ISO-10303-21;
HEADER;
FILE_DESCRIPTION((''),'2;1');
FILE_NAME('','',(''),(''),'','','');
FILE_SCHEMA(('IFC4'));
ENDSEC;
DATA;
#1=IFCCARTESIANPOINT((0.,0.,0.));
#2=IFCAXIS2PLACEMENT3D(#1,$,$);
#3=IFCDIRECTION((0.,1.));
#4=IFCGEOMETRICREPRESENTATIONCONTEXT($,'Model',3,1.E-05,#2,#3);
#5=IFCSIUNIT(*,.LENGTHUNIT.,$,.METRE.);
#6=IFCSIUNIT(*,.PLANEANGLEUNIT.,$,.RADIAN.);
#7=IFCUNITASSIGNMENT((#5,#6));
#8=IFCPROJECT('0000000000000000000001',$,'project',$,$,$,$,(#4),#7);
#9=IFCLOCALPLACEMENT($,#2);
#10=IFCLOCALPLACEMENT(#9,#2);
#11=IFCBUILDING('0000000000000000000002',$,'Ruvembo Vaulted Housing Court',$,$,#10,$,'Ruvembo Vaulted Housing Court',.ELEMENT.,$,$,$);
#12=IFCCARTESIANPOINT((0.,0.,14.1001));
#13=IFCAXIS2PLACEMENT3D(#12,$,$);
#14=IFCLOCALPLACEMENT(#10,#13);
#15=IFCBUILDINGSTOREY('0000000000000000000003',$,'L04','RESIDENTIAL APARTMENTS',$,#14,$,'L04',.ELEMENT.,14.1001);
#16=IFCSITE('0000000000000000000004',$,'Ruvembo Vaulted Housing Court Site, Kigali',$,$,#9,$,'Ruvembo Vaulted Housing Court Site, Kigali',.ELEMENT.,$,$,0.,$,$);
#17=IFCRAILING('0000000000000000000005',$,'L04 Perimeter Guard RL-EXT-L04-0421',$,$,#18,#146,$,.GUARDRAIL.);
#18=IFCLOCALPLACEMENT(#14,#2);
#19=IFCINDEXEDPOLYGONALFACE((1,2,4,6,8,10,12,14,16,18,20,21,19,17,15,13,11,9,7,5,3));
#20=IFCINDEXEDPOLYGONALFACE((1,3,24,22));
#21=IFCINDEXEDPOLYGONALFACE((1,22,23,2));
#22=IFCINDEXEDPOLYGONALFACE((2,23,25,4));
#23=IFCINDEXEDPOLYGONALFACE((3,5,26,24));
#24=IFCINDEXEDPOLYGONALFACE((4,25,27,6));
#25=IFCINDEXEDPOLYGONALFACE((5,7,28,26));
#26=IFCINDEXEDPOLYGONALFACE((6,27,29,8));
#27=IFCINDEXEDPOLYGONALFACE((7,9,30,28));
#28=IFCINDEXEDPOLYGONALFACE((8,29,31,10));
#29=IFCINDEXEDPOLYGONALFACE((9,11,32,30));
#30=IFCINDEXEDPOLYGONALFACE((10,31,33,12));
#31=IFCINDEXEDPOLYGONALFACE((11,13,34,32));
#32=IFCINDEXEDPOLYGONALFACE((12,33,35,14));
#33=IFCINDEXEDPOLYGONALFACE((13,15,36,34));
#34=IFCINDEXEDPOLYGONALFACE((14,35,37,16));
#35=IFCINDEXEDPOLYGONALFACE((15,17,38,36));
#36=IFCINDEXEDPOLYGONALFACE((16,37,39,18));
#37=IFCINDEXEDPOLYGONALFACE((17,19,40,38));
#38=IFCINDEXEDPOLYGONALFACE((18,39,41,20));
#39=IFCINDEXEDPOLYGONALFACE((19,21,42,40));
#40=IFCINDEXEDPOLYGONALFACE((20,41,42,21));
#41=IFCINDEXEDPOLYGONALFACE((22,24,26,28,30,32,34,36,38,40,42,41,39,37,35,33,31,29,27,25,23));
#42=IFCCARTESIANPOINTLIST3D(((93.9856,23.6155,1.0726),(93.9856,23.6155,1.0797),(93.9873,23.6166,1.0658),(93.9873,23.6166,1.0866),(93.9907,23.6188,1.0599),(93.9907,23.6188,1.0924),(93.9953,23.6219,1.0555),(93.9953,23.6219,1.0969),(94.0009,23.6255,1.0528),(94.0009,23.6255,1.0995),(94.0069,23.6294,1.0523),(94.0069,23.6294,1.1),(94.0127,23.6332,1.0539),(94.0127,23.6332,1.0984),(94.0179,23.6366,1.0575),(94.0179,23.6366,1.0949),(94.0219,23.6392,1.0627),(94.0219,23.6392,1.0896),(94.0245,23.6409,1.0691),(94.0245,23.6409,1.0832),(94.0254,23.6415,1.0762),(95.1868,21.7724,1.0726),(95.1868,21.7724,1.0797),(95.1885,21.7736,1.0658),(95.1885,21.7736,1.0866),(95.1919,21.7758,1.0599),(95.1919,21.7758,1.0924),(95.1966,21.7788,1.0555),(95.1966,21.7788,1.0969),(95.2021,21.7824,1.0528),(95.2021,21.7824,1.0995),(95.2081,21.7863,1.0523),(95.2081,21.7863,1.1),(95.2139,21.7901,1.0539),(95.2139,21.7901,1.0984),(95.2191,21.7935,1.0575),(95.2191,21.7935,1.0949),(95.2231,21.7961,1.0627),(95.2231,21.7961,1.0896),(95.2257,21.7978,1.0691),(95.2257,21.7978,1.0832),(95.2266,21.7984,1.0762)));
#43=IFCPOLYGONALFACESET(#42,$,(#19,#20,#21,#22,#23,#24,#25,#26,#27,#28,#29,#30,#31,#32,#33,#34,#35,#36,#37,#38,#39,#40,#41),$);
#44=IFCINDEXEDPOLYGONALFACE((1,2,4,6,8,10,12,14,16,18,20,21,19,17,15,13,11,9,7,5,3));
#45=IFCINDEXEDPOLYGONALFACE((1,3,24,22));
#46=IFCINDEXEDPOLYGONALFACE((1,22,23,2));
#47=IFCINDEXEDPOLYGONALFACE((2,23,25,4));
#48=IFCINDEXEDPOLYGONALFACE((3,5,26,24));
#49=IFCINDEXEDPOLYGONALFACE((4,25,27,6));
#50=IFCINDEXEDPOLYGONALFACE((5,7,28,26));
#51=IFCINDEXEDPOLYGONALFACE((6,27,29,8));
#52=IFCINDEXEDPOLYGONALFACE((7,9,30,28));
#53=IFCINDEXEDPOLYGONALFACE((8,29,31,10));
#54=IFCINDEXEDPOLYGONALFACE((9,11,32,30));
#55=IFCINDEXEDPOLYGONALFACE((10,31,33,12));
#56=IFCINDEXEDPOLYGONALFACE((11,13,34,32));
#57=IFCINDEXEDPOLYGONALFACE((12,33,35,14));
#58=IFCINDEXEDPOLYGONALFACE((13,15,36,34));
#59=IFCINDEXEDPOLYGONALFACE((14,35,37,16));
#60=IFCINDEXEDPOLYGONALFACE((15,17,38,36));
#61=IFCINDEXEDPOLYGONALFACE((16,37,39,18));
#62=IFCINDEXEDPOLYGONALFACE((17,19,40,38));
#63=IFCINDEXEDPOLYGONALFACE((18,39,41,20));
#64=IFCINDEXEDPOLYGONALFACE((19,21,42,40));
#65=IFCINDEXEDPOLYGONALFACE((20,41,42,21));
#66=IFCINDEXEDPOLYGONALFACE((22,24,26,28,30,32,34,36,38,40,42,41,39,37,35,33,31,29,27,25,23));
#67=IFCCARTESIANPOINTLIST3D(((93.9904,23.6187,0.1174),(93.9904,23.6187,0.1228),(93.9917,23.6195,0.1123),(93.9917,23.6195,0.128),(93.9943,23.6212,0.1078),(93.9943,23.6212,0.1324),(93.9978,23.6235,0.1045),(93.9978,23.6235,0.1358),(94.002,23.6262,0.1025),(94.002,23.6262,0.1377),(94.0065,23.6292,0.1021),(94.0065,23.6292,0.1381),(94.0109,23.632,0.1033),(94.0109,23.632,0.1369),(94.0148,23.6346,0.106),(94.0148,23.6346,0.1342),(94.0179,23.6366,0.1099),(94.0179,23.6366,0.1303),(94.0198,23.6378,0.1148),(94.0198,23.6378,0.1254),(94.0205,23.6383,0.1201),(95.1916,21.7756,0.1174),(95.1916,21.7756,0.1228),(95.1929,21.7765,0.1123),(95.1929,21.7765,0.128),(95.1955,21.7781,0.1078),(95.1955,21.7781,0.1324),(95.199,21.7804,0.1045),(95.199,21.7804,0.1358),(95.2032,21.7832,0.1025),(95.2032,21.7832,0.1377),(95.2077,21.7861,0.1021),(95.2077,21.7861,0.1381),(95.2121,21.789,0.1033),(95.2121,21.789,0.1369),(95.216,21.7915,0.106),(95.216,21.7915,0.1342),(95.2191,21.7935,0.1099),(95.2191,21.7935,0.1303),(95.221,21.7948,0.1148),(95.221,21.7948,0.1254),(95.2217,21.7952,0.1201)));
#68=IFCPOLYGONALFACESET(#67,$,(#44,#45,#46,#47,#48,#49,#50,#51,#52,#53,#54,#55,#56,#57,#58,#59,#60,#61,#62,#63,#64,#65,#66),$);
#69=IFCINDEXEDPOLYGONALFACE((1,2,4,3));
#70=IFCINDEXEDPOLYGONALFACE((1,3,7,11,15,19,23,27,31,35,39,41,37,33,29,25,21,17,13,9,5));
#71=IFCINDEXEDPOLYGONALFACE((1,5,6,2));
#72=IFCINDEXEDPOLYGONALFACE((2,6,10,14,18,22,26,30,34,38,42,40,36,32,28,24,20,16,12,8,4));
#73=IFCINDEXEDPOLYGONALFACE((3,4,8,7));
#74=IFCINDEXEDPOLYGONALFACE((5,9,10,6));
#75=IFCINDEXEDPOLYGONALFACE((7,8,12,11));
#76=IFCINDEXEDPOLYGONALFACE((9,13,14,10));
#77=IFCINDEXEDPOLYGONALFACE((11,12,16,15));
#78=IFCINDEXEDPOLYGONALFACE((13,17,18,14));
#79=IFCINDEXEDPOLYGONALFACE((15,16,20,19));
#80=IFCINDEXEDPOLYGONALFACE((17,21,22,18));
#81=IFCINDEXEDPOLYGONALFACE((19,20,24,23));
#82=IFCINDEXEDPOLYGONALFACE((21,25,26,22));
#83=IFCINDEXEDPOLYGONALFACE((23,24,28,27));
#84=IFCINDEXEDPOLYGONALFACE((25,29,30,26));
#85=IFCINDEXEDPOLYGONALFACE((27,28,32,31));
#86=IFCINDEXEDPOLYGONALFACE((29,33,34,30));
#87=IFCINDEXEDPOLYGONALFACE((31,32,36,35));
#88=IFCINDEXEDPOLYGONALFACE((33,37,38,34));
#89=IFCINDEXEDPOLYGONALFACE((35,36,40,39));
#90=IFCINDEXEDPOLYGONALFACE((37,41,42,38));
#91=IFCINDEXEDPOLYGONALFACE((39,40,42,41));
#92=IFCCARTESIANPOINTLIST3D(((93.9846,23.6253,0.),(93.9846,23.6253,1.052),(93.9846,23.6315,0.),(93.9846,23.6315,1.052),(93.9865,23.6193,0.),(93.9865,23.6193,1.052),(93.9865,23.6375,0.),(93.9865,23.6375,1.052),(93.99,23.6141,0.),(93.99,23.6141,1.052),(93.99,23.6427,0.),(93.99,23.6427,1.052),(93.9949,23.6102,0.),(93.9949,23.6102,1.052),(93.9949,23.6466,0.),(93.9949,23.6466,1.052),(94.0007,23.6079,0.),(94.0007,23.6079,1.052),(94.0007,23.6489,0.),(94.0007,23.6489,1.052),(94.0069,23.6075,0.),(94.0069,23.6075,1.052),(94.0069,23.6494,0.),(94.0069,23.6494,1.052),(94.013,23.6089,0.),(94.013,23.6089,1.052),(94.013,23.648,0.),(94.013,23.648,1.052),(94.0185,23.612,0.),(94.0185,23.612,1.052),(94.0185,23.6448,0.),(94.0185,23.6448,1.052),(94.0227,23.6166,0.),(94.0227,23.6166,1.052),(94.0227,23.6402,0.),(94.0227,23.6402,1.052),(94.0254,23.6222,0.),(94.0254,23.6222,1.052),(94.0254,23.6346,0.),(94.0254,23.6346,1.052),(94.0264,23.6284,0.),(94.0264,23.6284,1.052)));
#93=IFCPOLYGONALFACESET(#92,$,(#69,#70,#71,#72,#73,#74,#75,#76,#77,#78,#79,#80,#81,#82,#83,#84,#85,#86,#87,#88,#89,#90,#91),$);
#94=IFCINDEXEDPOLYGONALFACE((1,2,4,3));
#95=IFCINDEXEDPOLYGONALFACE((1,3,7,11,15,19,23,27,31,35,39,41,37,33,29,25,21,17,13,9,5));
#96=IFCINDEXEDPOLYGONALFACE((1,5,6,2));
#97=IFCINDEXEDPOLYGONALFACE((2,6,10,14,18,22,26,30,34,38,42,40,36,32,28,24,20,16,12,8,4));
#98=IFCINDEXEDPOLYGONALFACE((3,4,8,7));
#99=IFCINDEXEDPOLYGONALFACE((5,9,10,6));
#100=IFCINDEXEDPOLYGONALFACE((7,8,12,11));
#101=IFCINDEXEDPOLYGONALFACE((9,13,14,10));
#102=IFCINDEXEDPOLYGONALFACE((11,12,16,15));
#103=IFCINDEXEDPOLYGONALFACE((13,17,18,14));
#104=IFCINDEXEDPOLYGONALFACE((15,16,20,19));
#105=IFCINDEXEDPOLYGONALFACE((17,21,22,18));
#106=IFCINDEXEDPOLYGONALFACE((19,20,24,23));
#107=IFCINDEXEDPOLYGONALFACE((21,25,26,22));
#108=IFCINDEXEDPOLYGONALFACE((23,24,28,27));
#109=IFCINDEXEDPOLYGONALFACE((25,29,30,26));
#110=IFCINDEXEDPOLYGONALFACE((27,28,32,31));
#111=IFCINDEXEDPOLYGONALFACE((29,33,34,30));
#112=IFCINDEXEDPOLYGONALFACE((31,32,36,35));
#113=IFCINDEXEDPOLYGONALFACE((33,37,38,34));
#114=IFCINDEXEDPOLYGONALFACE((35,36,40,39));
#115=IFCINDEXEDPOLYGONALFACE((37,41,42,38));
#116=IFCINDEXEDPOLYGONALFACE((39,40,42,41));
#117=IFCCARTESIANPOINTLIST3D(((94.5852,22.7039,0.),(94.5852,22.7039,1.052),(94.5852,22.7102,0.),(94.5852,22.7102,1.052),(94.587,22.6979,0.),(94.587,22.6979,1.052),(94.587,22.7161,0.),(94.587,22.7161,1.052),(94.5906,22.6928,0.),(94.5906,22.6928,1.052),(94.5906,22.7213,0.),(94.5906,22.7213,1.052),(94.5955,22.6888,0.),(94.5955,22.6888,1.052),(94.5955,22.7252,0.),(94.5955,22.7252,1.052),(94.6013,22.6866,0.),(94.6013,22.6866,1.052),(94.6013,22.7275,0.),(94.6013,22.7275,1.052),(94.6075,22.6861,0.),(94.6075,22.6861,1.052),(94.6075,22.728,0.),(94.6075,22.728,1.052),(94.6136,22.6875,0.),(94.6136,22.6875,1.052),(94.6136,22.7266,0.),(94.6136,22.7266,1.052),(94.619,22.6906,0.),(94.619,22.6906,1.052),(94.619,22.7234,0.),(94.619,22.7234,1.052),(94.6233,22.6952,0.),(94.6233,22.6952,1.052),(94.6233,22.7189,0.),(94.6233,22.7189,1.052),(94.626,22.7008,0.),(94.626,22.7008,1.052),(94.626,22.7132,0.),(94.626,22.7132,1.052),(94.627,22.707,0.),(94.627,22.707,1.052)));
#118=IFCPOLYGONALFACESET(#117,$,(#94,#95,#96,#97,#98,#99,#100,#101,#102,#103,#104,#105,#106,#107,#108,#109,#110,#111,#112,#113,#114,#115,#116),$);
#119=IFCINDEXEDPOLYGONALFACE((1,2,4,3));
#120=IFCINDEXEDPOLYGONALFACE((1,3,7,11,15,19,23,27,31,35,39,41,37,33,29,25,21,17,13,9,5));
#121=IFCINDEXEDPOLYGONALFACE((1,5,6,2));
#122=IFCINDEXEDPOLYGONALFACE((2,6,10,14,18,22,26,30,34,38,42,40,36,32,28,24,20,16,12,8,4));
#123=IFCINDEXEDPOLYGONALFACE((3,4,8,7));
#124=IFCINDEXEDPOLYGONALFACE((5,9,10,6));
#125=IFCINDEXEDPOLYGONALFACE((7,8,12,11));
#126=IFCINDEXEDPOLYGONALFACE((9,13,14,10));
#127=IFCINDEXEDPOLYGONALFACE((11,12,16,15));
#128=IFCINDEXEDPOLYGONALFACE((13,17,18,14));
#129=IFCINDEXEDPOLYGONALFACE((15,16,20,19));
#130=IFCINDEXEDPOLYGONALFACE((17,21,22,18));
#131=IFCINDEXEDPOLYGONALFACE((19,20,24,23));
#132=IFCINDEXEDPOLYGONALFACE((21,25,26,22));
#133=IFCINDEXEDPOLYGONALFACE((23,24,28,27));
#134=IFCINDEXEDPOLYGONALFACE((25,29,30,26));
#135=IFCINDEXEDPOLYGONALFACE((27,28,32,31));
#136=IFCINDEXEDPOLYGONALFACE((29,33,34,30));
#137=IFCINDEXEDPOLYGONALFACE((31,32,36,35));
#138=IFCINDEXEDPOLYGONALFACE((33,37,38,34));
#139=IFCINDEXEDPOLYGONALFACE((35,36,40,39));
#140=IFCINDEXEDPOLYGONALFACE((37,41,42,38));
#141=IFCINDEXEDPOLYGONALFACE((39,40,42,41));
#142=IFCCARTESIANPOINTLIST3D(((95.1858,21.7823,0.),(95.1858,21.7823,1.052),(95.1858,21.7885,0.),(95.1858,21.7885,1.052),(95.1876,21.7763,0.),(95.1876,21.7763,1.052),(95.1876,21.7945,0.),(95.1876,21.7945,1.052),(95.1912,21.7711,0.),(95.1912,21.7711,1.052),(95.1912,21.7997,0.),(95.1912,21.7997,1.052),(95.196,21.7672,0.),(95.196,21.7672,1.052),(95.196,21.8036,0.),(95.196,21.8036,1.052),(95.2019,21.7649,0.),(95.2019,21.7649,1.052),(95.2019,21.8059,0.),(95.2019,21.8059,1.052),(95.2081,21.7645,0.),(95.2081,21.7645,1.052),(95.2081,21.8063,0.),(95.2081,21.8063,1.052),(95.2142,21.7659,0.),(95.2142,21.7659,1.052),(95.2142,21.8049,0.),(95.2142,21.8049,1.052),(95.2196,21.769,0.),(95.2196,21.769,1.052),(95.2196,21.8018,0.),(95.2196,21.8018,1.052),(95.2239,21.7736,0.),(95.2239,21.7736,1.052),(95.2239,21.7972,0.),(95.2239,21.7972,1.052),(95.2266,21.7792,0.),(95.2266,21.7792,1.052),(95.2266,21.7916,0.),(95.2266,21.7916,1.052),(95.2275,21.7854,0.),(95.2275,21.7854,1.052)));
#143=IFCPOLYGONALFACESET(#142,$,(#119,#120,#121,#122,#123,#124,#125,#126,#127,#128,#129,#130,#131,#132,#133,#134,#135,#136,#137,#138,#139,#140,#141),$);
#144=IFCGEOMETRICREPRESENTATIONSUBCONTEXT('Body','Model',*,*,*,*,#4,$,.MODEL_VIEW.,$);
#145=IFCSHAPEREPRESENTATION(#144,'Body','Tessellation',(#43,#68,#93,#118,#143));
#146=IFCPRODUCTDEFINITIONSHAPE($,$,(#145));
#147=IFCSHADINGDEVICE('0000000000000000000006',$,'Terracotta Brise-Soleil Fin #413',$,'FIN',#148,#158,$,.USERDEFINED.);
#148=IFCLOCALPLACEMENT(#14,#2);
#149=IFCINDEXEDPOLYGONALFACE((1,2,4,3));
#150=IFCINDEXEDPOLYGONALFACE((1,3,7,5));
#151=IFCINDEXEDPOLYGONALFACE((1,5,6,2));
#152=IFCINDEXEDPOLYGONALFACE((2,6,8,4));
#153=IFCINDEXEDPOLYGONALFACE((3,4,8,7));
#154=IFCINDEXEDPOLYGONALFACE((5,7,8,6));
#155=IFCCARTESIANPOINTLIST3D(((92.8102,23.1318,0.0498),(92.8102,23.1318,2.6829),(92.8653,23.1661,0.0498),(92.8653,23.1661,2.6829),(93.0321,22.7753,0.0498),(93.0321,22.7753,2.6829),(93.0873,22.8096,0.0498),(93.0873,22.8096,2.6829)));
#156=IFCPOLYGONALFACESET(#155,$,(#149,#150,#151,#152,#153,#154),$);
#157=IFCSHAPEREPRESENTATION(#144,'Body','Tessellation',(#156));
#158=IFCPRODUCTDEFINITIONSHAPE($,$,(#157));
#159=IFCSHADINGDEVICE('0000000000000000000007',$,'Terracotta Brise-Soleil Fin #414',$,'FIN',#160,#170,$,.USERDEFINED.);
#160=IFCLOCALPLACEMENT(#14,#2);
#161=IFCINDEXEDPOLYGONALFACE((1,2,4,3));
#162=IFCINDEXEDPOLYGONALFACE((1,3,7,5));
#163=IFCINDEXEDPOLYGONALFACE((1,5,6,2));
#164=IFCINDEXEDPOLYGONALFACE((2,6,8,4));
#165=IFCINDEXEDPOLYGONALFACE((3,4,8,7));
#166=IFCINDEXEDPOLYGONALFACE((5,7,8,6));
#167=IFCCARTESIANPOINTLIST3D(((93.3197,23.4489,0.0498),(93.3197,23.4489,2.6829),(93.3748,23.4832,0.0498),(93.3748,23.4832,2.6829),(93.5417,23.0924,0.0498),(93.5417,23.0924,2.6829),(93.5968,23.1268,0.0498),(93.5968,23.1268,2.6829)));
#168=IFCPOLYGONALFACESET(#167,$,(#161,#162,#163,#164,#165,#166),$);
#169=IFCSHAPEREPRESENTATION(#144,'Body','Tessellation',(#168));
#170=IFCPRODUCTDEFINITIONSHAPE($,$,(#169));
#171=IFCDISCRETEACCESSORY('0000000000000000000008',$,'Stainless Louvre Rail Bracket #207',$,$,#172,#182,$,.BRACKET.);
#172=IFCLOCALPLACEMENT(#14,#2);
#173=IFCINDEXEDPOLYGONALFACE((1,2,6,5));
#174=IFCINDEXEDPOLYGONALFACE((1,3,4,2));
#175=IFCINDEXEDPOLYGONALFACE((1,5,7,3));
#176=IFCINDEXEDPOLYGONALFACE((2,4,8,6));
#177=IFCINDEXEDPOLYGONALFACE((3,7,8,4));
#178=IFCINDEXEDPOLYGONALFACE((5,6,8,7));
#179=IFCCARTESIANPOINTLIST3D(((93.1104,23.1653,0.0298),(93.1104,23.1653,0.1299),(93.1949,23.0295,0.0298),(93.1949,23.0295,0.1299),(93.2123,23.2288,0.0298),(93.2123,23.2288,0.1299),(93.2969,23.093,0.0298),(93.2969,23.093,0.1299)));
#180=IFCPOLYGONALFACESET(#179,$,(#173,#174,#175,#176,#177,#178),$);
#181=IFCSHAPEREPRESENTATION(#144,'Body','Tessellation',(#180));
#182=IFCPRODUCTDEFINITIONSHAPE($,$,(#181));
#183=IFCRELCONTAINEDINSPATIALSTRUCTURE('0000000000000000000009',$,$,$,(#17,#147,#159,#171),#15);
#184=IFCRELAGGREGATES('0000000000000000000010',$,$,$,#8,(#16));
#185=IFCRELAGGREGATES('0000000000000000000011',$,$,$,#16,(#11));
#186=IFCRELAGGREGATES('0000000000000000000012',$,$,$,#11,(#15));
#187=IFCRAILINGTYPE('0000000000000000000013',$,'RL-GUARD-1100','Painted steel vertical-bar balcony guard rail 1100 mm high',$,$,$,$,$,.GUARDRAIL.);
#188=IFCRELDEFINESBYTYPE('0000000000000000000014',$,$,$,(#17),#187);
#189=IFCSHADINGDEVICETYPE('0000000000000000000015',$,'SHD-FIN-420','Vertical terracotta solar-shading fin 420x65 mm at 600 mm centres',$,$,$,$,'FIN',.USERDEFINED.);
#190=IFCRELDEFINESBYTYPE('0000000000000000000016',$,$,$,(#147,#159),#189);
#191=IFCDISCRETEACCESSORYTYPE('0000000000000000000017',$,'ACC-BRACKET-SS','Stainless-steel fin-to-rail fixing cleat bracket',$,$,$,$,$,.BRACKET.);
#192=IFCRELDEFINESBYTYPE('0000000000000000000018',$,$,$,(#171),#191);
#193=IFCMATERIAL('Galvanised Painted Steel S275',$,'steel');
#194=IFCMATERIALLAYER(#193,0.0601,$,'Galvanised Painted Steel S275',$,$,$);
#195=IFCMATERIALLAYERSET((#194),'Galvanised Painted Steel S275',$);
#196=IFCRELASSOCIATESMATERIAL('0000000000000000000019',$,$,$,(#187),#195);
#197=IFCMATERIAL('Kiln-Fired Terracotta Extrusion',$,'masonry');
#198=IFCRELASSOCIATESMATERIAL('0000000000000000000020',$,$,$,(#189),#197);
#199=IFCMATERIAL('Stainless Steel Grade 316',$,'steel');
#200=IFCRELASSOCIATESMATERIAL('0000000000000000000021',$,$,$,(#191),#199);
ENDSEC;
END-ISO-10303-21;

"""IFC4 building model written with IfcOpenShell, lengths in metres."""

from ifc_helpers import new_model, si_unit, direction, frame, origin, origin_2d, place, context, subcontext, project, spatial, rectangle, circle, extrude, material, layer, layer_set, type_object, element, save


model = new_model("IFC4")

# Units and contexts
model_context = context("Model", 3, precision=1e-05, world=origin(), true_north=direction((0.0, 1.0)))
body_context = subcontext(model_context, "Body", "Model", "MODEL_VIEW")
ifc_project = project(units=[si_unit("LENGTHUNIT", "METRE"), si_unit("PLANEANGLEUNIT", "RADIAN")], contexts=[model_context])

# Site, building, storey
site_placement = place(None, origin())
site = spatial("IfcSite", under=ifc_project, at=site_placement, Name="Ruvembo Vaulted Housing Court Site, Kigali", LongName="Ruvembo Vaulted Housing Court Site, Kigali", CompositionType="ELEMENT", RefElevation=0.0)
building_placement = place(site_placement, origin())
building = spatial("IfcBuilding", under=site, at=building_placement, Name="Ruvembo Vaulted Housing Court", LongName="Ruvembo Vaulted Housing Court", CompositionType="ELEMENT")
storey_placement = place(building_placement, frame((0.0, 0.0, 14.1001)))
storey = spatial("IfcBuildingStorey", under=building, at=storey_placement, Name="L04", Description="RESIDENTIAL APARTMENTS", LongName="L04", CompositionType="ELEMENT", Elevation=14.1001)

# Railing
ifc_material_1 = material(Name="Galvanised Painted Steel S275", Category="steel")
ifc_layer_1 = layer(ifc_material_1, 0.0601, Name="Galvanised Painted Steel S275")
ifc_layer_set_1 = layer_set([ifc_layer_1], Name="Galvanised Painted Steel S275")
railing_type = type_object("IfcRailingType", Name="RL-GUARD-1100", Description="Painted steel vertical-bar balcony guard rail 1100 mm high", PredefinedType="GUARDRAIL", material=ifc_layer_set_1)
railing_1_placement = place(storey_placement, frame((94.0054, 23.6284, 0.0)))
element("IfcRailing", 1, at=railing_1_placement, inside=storey, type_object=railing_type, Name="L04 Perimeter Guard RL-EXT-L04-0421", PredefinedType="GUARDRAIL", context=body_context, shape_type="SweptSolid", body=[
    extrude(circle(Radius=0.0239, at=origin_2d()), frame((0.0, 0.0, 1.0762), z_axis=(0.546014, -0.837776, 0.0), x_axis=(0.837776, 0.546014, 0.0)), (0.0, 0.0, 1.0), 2.2),
    extrude(circle(Radius=0.0181, at=origin_2d()), frame((0.0, 0.0, 0.1201), z_axis=(0.546014, -0.837776, 0.0), x_axis=(0.837776, 0.546014, 0.0)), (0.0, 0.0, 1.0), 2.2),
    extrude(circle(Radius=0.021, at=origin_2d()), origin(), (0.0, 0.0, 1.0), 1.052),
    extrude(circle(Radius=0.021, at=origin_2d()), frame((0.6006, -0.9214, 0.0)), (0.0, 0.0, 1.0), 1.052),
    extrude(circle(Radius=0.021, at=origin_2d()), frame((1.2012, -1.843, 0.0)), (0.0, 0.0, 1.0), 1.052),
])

# Shading devices
ifc_material_2 = material(Name="Kiln-Fired Terracotta Extrusion", Category="masonry")
shading_device_type = type_object("IfcShadingDeviceType", Name="SHD-FIN-420", Description="Vertical terracotta solar-shading fin 420x65 mm at 600 mm centres", ElementType="FIN", PredefinedType="USERDEFINED", material=ifc_material_2)
for number, where, z_axis, x_axis, name in (
    (2, (92.9487, 22.9707, 0.0498), (0.0, 0.0, 1.0), (0.528557, -0.848898, 0.0), "Terracotta Brise-Soleil Fin #413"),
    (3, (93.4583, 23.2878, 0.0498), (0.0, 0.0, 1.0), (0.528557, -0.848898, 0.0), "Terracotta Brise-Soleil Fin #414"),
):
    element("IfcShadingDevice", number, at=place(storey_placement, frame(where, z_axis=z_axis, x_axis=x_axis)), inside=storey, type_object=shading_device_type, Name=name, ObjectType="FIN", PredefinedType="USERDEFINED", context=body_context, shape_type="SweptSolid", body=[
        extrude(rectangle(XDim=0.4199, YDim=0.0649, at=origin_2d()), origin(), (0.0, 0.0, 1.0), 2.6331),
    ])

# Discrete accessory
ifc_material_3 = material(Name="Stainless Steel Grade 316", Category="steel")
discrete_accessory_type = type_object("IfcDiscreteAccessoryType", Name="ACC-BRACKET-SS", Description="Stainless-steel fin-to-rail fixing cleat bracket", PredefinedType="BRACKET", material=ifc_material_3)
discrete_accessory_placement = place(storey_placement, frame((93.2036, 23.1292, 0.0298), z_axis=(0.0, 0.0, 1.0), x_axis=(0.528557, -0.848898, 0.0)))
element("IfcDiscreteAccessory", 4, at=discrete_accessory_placement, inside=storey, type_object=discrete_accessory_type, Name="Stainless Louvre Rail Bracket #207", PredefinedType="BRACKET", context=body_context, shape_type="SweptSolid", body=[
    extrude(rectangle(XDim=0.1599, YDim=0.1201, at=origin_2d()), origin(), (0.0, 0.0, 1.0), 0.1001),
])

save(model, "model.ifc")
